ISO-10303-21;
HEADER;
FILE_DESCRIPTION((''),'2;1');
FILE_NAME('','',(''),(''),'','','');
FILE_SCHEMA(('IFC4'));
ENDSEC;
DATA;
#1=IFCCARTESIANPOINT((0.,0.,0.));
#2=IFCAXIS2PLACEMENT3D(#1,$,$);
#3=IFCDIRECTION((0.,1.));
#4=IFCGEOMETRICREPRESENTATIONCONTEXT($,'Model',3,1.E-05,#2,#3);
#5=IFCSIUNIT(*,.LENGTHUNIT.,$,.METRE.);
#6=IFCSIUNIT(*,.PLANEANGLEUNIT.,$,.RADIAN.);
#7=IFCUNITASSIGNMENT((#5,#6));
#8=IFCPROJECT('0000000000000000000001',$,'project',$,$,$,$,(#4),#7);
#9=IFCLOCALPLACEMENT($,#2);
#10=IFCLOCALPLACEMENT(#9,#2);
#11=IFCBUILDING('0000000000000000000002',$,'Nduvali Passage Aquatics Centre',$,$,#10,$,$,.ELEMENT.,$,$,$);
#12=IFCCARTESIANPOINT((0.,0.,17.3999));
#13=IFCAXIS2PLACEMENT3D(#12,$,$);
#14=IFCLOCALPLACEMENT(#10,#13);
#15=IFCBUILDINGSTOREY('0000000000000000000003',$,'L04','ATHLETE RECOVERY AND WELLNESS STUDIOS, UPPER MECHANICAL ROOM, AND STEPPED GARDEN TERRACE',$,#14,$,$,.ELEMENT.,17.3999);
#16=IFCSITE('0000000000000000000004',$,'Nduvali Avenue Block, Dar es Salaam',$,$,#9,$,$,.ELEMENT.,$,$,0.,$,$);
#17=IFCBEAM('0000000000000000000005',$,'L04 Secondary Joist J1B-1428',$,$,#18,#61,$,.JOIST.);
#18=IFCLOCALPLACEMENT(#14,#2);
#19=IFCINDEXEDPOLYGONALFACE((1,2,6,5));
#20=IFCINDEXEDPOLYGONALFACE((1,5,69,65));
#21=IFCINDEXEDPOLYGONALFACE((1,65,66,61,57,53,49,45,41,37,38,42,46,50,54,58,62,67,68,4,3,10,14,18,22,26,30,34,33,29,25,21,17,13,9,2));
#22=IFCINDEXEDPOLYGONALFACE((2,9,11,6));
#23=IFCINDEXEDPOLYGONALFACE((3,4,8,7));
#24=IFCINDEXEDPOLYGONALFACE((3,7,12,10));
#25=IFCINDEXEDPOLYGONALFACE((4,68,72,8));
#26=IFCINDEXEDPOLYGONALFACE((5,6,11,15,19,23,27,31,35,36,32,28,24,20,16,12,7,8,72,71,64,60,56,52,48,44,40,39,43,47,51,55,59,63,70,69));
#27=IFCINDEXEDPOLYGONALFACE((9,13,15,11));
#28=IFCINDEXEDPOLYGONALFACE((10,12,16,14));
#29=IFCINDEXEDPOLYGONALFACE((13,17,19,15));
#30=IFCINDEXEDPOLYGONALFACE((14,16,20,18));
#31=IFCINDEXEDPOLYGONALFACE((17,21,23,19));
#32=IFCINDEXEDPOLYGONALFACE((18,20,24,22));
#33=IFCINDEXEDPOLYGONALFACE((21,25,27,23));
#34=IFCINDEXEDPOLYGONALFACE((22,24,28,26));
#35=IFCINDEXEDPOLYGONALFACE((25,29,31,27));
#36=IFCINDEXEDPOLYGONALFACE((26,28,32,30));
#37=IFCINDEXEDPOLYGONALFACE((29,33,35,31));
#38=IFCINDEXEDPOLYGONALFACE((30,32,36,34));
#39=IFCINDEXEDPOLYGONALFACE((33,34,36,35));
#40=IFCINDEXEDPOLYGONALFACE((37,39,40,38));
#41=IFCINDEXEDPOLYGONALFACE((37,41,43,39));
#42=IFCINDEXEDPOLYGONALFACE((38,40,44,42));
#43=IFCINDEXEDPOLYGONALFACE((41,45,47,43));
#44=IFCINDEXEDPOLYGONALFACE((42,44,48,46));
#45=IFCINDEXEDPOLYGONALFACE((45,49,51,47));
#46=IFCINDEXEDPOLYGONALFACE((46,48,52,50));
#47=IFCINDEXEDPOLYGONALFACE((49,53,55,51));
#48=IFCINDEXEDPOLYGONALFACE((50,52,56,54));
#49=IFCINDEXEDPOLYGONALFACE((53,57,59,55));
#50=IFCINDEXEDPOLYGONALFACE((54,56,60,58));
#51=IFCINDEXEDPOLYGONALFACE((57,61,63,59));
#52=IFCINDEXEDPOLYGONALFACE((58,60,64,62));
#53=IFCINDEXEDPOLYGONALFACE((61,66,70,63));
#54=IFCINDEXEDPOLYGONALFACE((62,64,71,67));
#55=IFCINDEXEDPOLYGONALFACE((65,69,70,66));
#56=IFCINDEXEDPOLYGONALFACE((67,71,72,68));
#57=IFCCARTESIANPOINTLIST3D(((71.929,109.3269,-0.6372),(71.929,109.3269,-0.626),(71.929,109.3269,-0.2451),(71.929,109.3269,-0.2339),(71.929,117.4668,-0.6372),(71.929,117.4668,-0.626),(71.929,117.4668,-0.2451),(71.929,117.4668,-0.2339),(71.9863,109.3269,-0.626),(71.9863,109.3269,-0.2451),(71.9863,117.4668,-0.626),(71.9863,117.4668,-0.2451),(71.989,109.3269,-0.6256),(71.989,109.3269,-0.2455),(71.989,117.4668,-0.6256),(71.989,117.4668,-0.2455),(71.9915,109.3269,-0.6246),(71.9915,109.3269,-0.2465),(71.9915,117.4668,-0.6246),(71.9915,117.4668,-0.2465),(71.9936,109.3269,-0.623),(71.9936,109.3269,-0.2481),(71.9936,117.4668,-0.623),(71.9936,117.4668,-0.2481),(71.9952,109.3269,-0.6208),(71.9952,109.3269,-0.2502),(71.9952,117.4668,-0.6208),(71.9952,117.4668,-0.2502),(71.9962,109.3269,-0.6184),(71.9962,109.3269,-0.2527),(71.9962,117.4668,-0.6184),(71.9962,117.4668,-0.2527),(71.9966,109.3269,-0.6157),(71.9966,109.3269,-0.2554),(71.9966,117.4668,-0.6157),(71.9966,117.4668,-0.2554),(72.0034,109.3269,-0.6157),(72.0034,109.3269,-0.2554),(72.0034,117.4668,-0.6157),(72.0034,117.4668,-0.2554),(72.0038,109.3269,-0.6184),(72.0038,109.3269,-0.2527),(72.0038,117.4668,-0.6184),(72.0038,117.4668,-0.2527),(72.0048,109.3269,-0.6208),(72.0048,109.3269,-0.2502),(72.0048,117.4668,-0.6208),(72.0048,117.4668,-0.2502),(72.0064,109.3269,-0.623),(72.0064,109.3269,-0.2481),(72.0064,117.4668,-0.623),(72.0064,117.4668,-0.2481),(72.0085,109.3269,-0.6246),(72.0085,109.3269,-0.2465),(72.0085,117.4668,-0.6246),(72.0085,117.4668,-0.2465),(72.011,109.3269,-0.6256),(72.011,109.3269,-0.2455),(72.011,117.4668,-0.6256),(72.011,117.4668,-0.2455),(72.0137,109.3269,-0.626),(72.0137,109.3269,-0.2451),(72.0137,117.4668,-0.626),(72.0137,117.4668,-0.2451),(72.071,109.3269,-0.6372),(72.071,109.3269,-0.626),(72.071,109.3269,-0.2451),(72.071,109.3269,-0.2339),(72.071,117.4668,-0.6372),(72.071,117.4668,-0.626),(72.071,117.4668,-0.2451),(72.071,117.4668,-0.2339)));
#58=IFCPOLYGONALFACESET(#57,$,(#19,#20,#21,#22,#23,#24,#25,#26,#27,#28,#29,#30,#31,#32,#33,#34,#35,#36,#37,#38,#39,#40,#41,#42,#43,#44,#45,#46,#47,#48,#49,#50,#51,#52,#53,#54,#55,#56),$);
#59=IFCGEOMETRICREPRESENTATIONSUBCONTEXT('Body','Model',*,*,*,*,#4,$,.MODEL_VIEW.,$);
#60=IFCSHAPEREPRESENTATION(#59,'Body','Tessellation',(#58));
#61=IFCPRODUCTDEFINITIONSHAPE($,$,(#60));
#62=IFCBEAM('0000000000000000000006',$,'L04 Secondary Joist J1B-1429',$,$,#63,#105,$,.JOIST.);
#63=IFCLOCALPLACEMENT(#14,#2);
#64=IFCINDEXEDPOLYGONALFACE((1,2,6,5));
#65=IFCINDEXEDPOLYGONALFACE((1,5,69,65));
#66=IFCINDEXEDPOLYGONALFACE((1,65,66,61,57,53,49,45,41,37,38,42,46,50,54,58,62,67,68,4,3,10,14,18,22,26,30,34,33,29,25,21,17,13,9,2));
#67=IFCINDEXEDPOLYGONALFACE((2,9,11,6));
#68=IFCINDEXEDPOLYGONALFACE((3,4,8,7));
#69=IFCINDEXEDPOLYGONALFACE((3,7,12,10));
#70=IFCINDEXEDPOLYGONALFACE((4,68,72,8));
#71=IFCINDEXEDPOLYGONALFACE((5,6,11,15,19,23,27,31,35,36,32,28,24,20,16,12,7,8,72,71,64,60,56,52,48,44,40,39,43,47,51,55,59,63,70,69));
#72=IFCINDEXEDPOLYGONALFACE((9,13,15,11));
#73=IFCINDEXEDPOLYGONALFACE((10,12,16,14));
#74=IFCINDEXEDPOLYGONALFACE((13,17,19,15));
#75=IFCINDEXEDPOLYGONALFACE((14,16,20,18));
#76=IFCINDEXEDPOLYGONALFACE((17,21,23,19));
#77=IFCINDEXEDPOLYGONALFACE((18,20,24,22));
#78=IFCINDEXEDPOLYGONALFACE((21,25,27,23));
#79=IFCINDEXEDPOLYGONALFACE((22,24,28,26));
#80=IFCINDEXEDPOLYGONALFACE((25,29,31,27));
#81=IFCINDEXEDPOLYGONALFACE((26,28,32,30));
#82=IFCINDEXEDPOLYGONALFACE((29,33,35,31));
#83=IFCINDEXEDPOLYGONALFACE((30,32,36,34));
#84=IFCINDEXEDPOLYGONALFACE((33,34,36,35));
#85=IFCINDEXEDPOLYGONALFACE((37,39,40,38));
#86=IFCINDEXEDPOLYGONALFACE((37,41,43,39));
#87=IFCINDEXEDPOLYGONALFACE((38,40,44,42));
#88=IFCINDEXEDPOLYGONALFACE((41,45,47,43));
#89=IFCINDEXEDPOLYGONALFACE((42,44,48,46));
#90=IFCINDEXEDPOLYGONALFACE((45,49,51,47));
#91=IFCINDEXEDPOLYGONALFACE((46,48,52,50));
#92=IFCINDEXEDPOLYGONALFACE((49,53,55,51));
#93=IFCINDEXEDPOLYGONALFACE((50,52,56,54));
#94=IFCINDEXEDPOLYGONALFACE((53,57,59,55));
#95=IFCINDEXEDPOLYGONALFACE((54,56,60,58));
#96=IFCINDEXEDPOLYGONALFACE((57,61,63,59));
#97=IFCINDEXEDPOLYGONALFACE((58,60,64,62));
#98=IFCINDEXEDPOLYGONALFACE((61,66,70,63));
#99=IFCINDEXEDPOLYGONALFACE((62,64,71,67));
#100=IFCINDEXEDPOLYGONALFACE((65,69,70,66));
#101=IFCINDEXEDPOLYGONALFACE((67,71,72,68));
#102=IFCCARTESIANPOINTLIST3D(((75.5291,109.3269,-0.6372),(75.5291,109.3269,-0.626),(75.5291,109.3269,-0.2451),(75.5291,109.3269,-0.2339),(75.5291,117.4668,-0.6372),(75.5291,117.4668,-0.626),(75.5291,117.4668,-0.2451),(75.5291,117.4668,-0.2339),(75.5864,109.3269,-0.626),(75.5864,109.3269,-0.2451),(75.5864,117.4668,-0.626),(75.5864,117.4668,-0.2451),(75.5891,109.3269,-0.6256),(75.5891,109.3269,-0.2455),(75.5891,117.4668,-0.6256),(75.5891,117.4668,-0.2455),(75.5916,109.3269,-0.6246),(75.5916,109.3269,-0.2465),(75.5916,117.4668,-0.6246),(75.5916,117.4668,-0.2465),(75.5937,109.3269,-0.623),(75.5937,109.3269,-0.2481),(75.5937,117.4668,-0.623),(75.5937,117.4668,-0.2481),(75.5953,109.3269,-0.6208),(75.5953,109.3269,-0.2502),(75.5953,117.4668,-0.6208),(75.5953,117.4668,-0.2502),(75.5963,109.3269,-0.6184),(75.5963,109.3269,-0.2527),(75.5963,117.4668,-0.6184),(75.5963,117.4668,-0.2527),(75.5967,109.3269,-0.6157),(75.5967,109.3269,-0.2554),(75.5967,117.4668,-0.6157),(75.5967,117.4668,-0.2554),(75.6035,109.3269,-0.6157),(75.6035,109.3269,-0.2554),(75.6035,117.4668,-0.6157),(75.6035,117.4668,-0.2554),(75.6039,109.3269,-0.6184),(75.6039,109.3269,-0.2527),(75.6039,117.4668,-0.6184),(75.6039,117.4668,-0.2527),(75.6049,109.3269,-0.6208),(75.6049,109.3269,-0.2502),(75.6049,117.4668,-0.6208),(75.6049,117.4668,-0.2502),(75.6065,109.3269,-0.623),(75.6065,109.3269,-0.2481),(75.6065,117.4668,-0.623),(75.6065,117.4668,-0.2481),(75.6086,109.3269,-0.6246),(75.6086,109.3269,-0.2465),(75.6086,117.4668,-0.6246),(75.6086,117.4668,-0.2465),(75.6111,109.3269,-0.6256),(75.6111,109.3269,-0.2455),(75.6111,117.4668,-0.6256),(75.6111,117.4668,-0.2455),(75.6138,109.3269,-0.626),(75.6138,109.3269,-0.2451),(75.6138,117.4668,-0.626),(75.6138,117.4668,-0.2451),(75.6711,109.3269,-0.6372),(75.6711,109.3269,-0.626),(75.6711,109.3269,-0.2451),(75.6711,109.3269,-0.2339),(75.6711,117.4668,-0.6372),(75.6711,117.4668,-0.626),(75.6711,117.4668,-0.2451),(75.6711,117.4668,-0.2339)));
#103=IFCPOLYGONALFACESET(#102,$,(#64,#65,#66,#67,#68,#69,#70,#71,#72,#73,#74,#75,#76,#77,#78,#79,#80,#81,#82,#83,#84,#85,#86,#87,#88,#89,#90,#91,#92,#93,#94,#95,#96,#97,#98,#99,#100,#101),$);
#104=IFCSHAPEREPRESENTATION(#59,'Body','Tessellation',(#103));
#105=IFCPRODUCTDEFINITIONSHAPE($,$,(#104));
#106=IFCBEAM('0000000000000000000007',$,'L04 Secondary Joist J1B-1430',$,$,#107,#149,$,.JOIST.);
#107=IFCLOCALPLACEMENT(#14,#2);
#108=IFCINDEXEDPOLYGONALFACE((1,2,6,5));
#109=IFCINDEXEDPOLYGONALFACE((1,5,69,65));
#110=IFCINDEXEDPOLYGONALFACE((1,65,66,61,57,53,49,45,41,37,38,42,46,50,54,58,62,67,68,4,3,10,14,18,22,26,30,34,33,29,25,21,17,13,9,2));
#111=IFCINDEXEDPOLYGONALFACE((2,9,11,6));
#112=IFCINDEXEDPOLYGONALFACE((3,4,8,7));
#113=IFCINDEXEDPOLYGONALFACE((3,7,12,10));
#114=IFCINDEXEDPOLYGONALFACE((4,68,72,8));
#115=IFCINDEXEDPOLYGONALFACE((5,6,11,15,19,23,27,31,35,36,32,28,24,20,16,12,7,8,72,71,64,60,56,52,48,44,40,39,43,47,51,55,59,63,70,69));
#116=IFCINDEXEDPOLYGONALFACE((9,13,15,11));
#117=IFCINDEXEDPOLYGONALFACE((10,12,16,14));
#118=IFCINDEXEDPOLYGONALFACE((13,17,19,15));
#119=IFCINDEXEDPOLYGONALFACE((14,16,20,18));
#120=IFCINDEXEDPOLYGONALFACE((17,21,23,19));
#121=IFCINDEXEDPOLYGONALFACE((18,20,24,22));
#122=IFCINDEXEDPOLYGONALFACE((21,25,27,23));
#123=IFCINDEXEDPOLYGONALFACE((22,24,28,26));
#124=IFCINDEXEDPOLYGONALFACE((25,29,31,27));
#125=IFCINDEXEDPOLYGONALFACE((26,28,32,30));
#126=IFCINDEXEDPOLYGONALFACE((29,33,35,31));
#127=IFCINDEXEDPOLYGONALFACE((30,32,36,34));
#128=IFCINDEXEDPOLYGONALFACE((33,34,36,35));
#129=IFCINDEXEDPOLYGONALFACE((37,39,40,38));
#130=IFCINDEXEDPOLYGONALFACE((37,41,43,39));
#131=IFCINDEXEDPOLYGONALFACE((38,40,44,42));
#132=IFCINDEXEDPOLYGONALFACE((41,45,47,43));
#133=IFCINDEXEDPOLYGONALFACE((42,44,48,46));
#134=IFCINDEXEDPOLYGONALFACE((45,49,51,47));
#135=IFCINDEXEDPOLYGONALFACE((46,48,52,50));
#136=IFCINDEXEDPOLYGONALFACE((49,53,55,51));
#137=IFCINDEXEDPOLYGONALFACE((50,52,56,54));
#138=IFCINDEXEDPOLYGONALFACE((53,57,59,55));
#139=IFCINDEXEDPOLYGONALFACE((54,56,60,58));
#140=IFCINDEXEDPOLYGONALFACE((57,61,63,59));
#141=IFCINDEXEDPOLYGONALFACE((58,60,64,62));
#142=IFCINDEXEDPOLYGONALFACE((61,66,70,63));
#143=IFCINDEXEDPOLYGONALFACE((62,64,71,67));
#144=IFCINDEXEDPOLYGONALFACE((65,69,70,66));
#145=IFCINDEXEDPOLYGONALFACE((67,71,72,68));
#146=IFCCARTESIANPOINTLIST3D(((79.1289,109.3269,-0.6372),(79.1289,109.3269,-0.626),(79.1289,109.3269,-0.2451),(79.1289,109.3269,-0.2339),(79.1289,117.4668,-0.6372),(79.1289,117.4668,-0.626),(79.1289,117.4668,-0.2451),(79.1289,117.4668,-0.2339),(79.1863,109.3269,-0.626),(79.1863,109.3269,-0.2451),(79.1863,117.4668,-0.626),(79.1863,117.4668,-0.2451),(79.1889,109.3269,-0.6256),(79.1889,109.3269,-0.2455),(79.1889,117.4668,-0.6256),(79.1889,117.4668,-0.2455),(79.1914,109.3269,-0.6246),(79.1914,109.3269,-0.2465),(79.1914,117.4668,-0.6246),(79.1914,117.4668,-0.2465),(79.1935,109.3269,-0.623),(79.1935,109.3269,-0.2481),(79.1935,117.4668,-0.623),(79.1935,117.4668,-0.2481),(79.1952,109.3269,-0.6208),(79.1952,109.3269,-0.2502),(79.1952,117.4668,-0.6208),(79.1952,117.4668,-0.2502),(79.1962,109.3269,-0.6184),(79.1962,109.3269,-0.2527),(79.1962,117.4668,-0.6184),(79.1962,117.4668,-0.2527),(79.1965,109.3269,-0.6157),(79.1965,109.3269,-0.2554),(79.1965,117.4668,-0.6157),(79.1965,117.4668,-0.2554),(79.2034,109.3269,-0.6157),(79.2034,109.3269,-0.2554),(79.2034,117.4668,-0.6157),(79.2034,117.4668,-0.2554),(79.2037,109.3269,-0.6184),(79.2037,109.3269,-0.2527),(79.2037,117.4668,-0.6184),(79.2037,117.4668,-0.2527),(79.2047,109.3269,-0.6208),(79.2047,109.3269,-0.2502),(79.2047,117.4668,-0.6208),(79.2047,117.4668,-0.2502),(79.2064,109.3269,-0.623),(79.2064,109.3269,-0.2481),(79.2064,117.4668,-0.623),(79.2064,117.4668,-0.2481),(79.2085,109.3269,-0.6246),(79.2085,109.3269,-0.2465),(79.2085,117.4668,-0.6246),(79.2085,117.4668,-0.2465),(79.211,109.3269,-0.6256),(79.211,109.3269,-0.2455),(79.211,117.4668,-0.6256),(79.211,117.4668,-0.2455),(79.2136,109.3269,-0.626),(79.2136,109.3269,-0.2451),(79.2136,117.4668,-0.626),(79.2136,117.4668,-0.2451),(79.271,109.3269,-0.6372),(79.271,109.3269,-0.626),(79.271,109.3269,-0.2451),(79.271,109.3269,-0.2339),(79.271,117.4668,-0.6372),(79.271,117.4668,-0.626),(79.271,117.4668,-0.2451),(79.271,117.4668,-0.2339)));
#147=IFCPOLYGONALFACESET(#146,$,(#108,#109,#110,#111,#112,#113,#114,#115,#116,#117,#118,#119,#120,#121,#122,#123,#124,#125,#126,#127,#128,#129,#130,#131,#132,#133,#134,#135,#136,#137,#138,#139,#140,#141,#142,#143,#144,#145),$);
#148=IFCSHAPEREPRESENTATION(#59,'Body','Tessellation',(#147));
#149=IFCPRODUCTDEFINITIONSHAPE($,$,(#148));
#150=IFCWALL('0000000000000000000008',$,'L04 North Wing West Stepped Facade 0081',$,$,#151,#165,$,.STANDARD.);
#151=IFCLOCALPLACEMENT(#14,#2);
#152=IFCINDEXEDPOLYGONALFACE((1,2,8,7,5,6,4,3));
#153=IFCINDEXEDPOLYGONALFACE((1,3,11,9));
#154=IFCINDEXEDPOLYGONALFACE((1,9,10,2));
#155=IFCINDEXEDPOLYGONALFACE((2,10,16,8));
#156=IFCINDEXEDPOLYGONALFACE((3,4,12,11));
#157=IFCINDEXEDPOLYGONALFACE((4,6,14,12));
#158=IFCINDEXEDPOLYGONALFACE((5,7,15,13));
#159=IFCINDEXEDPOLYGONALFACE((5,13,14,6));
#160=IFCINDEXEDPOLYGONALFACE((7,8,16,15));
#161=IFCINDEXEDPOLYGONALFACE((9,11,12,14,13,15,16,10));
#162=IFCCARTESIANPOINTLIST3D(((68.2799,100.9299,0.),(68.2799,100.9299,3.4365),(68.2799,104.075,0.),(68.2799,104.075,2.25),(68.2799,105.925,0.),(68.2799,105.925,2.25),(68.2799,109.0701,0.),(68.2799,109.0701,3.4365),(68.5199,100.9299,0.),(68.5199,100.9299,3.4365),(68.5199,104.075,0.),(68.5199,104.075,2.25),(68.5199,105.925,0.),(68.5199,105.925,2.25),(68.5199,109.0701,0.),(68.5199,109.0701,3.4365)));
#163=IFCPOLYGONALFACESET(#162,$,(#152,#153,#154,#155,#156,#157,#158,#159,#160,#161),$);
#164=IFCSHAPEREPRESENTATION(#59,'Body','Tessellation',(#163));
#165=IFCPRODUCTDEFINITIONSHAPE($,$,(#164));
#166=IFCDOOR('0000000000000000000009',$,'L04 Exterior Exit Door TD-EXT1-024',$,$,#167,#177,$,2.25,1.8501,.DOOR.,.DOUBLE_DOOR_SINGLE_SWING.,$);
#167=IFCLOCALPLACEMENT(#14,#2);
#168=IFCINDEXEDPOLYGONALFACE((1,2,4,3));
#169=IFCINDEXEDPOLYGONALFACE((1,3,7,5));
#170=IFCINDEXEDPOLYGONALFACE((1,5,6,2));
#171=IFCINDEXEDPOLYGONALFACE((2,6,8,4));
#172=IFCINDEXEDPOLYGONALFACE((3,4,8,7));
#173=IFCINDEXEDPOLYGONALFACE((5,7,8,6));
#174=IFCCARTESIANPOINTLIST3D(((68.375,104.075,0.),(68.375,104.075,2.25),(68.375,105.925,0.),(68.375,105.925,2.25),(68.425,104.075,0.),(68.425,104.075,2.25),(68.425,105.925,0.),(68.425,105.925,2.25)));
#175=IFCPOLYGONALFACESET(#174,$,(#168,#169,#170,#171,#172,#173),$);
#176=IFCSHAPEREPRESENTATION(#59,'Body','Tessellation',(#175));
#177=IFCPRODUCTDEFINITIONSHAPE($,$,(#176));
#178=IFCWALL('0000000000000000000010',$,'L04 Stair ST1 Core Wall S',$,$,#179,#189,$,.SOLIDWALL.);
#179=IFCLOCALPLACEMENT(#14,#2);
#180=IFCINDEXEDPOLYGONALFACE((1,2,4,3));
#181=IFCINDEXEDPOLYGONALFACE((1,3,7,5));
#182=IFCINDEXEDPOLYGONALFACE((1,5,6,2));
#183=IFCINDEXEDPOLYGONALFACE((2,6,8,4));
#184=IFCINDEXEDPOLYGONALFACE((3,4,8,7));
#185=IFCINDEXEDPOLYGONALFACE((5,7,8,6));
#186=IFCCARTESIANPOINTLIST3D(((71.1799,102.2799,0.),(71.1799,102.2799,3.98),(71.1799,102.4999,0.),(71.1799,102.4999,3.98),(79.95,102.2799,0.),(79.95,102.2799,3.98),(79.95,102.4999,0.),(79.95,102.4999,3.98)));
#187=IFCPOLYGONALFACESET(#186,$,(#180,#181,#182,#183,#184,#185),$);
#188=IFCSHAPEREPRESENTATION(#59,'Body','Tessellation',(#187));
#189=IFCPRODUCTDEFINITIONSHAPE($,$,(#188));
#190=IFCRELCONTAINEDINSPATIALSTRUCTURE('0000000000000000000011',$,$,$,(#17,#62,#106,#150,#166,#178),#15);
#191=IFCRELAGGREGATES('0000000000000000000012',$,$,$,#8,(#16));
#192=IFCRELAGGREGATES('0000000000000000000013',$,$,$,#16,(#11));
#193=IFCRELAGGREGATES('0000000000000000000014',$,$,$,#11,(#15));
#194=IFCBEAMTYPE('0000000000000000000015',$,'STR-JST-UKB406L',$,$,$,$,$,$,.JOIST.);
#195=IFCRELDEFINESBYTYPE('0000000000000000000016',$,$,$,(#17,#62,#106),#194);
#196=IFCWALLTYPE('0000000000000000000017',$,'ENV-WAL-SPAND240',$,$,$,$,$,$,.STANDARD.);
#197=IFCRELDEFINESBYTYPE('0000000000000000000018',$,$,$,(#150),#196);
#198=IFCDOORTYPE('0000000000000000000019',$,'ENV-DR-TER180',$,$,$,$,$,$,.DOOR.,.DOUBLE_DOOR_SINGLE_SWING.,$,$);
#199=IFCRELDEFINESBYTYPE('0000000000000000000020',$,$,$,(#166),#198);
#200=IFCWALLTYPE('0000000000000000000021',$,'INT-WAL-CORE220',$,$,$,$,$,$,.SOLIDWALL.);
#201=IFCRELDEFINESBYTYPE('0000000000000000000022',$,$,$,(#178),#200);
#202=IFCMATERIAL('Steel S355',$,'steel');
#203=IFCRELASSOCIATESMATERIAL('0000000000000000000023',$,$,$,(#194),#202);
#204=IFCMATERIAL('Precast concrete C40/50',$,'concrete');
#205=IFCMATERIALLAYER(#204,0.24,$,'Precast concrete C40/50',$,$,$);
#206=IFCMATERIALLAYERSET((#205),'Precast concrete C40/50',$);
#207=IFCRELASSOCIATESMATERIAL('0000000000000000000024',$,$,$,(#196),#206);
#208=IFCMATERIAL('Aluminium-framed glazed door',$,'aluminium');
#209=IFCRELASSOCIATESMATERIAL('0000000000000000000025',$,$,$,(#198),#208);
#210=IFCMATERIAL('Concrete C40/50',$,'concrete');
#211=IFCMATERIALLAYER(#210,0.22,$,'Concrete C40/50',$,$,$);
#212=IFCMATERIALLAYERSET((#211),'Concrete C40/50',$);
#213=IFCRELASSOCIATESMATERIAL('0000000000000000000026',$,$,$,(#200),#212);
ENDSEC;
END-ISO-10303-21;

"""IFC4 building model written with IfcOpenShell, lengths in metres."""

from ifc_helpers import new_model, si_unit, direction, frame, frame_2d, origin, origin_2d, place, context, subcontext, project, spatial, rectangle, i_section, extrude, material, layer, layer_set, material_profile, profile_set, type_object, element, fill, save


model = new_model("IFC4")

# Units and contexts
model_context = context("Model", 3, precision=1e-05, world=origin(), true_north=direction((0.0, 1.0)))
body_context = subcontext(model_context, "Body", "Model", "MODEL_VIEW")
ifc_project = project(units=[si_unit("LENGTHUNIT", "METRE"), si_unit("PLANEANGLEUNIT", "RADIAN")], contexts=[model_context])

# Site, building, storey
site_placement = place(None, origin())
site = spatial("IfcSite", under=ifc_project, at=site_placement, Name="Nduvali Avenue Block, Dar es Salaam", CompositionType="ELEMENT", RefElevation=0.0)
building_placement = place(site_placement, origin())
building = spatial("IfcBuilding", under=site, at=building_placement, Name="Nduvali Passage Aquatics Centre", CompositionType="ELEMENT")
storey_placement = place(building_placement, frame((0.0, 0.0, 17.3999)))
storey = spatial("IfcBuildingStorey", under=building, at=storey_placement, Name="L04", Description="ATHLETE RECOVERY AND WELLNESS STUDIOS, UPPER MECHANICAL ROOM, AND STEPPED GARDEN TERRACE", CompositionType="ELEMENT", Elevation=17.3999)

# Shared definitions
ifc_material_1 = material(Name="Steel S355", Category="steel")

# Beams
ifc_material_profile_1 = material_profile(ifc_material_1, i_section(OverallWidth=0.1421, OverallDepth=0.4033, WebThickness=0.0068, FlangeThickness=0.0112, FilletRadius=0.0103, at=origin_2d()), Name="UKB 406x140x46")
ifc_profile_set_1 = profile_set([ifc_material_profile_1], Name="Steel S355")
beam_type_1 = type_object("IfcBeamType", Name="STR-JST-UKB406L", PredefinedType="JOIST", material=ifc_profile_set_1)
for number, where, z_axis, x_axis, name in (
    (1, (72.0, 109.3269, -0.4355), (0.0, 1.0, 0.0), (-1.0, 0.0, 0.0), "L04 Secondary Joist J1B-1428"),
    (2, (75.6001, 109.3269, -0.4355), (0.0, 1.0, 0.0), (-1.0, 0.0, 0.0), "L04 Secondary Joist J1B-1429"),
    (3, (79.2, 109.3269, -0.4355), (0.0, 1.0, 0.0), (-1.0, 0.0, 0.0), "L04 Secondary Joist J1B-1430"),
):
    element("IfcBeam", number, at=place(storey_placement, frame(where, z_axis=z_axis, x_axis=x_axis)), inside=storey, type_object=beam_type_1, Name=name, PredefinedType="JOIST", context=body_context, shape_type="SweptSolid", body=[
        extrude(i_section(OverallWidth=0.1421, OverallDepth=0.4033, WebThickness=0.0068, FlangeThickness=0.0112, FilletRadius=0.0103, at=origin_2d()), origin(), (0.0, 0.0, 1.0), 8.1399),
    ])

# Wall, opening, door
ifc_material_2 = material(Name="Precast concrete C40/50", Category="concrete")
ifc_layer_1 = layer(ifc_material_2, 0.24, Name="Precast concrete C40/50")
ifc_layer_set_1 = layer_set([ifc_layer_1], Name="Precast concrete C40/50")
wall_type_1 = type_object("IfcWallType", Name="ENV-WAL-SPAND240", PredefinedType="STANDARD", material=ifc_layer_set_1)
wall_1_placement = place(storey_placement, frame((68.3999, 109.0701, 0.0), z_axis=(0.0, 0.0, 1.0), x_axis=(0.0, -1.0, 0.0)))
wall_1 = element("IfcWall", 4, at=wall_1_placement, inside=storey, type_object=wall_type_1, Name="L04 North Wing West Stepped Facade 0081", PredefinedType="STANDARD", context=body_context, shape_type="SweptSolid", body=[
    extrude(rectangle(XDim=8.1401, YDim=0.24, at=frame_2d((4.0701, 0.0))), origin(), (0.0, 0.0, 1.0), 3.4365),
])
opening_1_placement = place(wall_1_placement, frame((3.145, 0.0, 0.0)))
opening_1 = element("IfcOpeningElement", 5, at=opening_1_placement, cuts=wall_1, PredefinedType="OPENING", context=body_context, shape_type="SweptSolid", body=[
    extrude(rectangle(XDim=1.8501, YDim=2.25, at=frame_2d((0.925, 1.125))), frame((0.0, 0.1348, 0.0), z_axis=(0.0, -1.0, 0.0), x_axis=(1.0, 0.0, 0.0)), (0.0, 0.0, 1.0), 0.2698),
])
ifc_material_3 = material(Name="Aluminium-framed glazed door", Category="aluminium")
door_type_1 = type_object("IfcDoorType", Name="ENV-DR-TER180", OperationType="DOUBLE_DOOR_SINGLE_SWING", PredefinedType="DOOR", material=ifc_material_3)
door_1_placement = place(opening_1_placement, frame((1.8501, 0.0, 0.0), z_axis=(0.0, 0.0, 1.0), x_axis=(-1.0, 0.0, 0.0)))
door_1 = element("IfcDoor", 6, at=door_1_placement, inside=storey, type_object=door_type_1, Name="L04 Exterior Exit Door TD-EXT1-024", OperationType="DOUBLE_DOOR_SINGLE_SWING", OverallHeight=2.25, OverallWidth=1.8501, PredefinedType="DOOR", context=body_context, shape_type="SweptSolid", body=[
    extrude(rectangle(XDim=1.8501, YDim=2.25, at=frame_2d((0.925, 1.125))), frame((0.0, 0.0249, 0.0), z_axis=(0.0, -1.0, 0.0), x_axis=(1.0, 0.0, 0.0)), (0.0, 0.0, 1.0), 0.05),
])
fill(opening_1, door_1)

# Wall
ifc_material_4 = material(Name="Concrete C40/50", Category="concrete")
ifc_layer_2 = layer(ifc_material_4, 0.22, Name="Concrete C40/50")
ifc_layer_set_2 = layer_set([ifc_layer_2], Name="Concrete C40/50")
wall_type_2 = type_object("IfcWallType", Name="INT-WAL-CORE220", PredefinedType="SOLIDWALL", material=ifc_layer_set_2)
wall_2_placement = place(storey_placement, frame((71.1799, 102.3899, 0.0), z_axis=(0.0, 0.0, 1.0), x_axis=(1.0, 0.0, 0.0)))
element("IfcWall", 7, at=wall_2_placement, inside=storey, type_object=wall_type_2, Name="L04 Stair ST1 Core Wall S", PredefinedType="SOLIDWALL", context=body_context, shape_type="SweptSolid", body=[
    extrude(rectangle(XDim=8.77, YDim=0.22, at=frame_2d((4.385, 0.0))), origin(), (0.0, 0.0, 1.0), 3.98),
])

save(model, "model.ifc")
